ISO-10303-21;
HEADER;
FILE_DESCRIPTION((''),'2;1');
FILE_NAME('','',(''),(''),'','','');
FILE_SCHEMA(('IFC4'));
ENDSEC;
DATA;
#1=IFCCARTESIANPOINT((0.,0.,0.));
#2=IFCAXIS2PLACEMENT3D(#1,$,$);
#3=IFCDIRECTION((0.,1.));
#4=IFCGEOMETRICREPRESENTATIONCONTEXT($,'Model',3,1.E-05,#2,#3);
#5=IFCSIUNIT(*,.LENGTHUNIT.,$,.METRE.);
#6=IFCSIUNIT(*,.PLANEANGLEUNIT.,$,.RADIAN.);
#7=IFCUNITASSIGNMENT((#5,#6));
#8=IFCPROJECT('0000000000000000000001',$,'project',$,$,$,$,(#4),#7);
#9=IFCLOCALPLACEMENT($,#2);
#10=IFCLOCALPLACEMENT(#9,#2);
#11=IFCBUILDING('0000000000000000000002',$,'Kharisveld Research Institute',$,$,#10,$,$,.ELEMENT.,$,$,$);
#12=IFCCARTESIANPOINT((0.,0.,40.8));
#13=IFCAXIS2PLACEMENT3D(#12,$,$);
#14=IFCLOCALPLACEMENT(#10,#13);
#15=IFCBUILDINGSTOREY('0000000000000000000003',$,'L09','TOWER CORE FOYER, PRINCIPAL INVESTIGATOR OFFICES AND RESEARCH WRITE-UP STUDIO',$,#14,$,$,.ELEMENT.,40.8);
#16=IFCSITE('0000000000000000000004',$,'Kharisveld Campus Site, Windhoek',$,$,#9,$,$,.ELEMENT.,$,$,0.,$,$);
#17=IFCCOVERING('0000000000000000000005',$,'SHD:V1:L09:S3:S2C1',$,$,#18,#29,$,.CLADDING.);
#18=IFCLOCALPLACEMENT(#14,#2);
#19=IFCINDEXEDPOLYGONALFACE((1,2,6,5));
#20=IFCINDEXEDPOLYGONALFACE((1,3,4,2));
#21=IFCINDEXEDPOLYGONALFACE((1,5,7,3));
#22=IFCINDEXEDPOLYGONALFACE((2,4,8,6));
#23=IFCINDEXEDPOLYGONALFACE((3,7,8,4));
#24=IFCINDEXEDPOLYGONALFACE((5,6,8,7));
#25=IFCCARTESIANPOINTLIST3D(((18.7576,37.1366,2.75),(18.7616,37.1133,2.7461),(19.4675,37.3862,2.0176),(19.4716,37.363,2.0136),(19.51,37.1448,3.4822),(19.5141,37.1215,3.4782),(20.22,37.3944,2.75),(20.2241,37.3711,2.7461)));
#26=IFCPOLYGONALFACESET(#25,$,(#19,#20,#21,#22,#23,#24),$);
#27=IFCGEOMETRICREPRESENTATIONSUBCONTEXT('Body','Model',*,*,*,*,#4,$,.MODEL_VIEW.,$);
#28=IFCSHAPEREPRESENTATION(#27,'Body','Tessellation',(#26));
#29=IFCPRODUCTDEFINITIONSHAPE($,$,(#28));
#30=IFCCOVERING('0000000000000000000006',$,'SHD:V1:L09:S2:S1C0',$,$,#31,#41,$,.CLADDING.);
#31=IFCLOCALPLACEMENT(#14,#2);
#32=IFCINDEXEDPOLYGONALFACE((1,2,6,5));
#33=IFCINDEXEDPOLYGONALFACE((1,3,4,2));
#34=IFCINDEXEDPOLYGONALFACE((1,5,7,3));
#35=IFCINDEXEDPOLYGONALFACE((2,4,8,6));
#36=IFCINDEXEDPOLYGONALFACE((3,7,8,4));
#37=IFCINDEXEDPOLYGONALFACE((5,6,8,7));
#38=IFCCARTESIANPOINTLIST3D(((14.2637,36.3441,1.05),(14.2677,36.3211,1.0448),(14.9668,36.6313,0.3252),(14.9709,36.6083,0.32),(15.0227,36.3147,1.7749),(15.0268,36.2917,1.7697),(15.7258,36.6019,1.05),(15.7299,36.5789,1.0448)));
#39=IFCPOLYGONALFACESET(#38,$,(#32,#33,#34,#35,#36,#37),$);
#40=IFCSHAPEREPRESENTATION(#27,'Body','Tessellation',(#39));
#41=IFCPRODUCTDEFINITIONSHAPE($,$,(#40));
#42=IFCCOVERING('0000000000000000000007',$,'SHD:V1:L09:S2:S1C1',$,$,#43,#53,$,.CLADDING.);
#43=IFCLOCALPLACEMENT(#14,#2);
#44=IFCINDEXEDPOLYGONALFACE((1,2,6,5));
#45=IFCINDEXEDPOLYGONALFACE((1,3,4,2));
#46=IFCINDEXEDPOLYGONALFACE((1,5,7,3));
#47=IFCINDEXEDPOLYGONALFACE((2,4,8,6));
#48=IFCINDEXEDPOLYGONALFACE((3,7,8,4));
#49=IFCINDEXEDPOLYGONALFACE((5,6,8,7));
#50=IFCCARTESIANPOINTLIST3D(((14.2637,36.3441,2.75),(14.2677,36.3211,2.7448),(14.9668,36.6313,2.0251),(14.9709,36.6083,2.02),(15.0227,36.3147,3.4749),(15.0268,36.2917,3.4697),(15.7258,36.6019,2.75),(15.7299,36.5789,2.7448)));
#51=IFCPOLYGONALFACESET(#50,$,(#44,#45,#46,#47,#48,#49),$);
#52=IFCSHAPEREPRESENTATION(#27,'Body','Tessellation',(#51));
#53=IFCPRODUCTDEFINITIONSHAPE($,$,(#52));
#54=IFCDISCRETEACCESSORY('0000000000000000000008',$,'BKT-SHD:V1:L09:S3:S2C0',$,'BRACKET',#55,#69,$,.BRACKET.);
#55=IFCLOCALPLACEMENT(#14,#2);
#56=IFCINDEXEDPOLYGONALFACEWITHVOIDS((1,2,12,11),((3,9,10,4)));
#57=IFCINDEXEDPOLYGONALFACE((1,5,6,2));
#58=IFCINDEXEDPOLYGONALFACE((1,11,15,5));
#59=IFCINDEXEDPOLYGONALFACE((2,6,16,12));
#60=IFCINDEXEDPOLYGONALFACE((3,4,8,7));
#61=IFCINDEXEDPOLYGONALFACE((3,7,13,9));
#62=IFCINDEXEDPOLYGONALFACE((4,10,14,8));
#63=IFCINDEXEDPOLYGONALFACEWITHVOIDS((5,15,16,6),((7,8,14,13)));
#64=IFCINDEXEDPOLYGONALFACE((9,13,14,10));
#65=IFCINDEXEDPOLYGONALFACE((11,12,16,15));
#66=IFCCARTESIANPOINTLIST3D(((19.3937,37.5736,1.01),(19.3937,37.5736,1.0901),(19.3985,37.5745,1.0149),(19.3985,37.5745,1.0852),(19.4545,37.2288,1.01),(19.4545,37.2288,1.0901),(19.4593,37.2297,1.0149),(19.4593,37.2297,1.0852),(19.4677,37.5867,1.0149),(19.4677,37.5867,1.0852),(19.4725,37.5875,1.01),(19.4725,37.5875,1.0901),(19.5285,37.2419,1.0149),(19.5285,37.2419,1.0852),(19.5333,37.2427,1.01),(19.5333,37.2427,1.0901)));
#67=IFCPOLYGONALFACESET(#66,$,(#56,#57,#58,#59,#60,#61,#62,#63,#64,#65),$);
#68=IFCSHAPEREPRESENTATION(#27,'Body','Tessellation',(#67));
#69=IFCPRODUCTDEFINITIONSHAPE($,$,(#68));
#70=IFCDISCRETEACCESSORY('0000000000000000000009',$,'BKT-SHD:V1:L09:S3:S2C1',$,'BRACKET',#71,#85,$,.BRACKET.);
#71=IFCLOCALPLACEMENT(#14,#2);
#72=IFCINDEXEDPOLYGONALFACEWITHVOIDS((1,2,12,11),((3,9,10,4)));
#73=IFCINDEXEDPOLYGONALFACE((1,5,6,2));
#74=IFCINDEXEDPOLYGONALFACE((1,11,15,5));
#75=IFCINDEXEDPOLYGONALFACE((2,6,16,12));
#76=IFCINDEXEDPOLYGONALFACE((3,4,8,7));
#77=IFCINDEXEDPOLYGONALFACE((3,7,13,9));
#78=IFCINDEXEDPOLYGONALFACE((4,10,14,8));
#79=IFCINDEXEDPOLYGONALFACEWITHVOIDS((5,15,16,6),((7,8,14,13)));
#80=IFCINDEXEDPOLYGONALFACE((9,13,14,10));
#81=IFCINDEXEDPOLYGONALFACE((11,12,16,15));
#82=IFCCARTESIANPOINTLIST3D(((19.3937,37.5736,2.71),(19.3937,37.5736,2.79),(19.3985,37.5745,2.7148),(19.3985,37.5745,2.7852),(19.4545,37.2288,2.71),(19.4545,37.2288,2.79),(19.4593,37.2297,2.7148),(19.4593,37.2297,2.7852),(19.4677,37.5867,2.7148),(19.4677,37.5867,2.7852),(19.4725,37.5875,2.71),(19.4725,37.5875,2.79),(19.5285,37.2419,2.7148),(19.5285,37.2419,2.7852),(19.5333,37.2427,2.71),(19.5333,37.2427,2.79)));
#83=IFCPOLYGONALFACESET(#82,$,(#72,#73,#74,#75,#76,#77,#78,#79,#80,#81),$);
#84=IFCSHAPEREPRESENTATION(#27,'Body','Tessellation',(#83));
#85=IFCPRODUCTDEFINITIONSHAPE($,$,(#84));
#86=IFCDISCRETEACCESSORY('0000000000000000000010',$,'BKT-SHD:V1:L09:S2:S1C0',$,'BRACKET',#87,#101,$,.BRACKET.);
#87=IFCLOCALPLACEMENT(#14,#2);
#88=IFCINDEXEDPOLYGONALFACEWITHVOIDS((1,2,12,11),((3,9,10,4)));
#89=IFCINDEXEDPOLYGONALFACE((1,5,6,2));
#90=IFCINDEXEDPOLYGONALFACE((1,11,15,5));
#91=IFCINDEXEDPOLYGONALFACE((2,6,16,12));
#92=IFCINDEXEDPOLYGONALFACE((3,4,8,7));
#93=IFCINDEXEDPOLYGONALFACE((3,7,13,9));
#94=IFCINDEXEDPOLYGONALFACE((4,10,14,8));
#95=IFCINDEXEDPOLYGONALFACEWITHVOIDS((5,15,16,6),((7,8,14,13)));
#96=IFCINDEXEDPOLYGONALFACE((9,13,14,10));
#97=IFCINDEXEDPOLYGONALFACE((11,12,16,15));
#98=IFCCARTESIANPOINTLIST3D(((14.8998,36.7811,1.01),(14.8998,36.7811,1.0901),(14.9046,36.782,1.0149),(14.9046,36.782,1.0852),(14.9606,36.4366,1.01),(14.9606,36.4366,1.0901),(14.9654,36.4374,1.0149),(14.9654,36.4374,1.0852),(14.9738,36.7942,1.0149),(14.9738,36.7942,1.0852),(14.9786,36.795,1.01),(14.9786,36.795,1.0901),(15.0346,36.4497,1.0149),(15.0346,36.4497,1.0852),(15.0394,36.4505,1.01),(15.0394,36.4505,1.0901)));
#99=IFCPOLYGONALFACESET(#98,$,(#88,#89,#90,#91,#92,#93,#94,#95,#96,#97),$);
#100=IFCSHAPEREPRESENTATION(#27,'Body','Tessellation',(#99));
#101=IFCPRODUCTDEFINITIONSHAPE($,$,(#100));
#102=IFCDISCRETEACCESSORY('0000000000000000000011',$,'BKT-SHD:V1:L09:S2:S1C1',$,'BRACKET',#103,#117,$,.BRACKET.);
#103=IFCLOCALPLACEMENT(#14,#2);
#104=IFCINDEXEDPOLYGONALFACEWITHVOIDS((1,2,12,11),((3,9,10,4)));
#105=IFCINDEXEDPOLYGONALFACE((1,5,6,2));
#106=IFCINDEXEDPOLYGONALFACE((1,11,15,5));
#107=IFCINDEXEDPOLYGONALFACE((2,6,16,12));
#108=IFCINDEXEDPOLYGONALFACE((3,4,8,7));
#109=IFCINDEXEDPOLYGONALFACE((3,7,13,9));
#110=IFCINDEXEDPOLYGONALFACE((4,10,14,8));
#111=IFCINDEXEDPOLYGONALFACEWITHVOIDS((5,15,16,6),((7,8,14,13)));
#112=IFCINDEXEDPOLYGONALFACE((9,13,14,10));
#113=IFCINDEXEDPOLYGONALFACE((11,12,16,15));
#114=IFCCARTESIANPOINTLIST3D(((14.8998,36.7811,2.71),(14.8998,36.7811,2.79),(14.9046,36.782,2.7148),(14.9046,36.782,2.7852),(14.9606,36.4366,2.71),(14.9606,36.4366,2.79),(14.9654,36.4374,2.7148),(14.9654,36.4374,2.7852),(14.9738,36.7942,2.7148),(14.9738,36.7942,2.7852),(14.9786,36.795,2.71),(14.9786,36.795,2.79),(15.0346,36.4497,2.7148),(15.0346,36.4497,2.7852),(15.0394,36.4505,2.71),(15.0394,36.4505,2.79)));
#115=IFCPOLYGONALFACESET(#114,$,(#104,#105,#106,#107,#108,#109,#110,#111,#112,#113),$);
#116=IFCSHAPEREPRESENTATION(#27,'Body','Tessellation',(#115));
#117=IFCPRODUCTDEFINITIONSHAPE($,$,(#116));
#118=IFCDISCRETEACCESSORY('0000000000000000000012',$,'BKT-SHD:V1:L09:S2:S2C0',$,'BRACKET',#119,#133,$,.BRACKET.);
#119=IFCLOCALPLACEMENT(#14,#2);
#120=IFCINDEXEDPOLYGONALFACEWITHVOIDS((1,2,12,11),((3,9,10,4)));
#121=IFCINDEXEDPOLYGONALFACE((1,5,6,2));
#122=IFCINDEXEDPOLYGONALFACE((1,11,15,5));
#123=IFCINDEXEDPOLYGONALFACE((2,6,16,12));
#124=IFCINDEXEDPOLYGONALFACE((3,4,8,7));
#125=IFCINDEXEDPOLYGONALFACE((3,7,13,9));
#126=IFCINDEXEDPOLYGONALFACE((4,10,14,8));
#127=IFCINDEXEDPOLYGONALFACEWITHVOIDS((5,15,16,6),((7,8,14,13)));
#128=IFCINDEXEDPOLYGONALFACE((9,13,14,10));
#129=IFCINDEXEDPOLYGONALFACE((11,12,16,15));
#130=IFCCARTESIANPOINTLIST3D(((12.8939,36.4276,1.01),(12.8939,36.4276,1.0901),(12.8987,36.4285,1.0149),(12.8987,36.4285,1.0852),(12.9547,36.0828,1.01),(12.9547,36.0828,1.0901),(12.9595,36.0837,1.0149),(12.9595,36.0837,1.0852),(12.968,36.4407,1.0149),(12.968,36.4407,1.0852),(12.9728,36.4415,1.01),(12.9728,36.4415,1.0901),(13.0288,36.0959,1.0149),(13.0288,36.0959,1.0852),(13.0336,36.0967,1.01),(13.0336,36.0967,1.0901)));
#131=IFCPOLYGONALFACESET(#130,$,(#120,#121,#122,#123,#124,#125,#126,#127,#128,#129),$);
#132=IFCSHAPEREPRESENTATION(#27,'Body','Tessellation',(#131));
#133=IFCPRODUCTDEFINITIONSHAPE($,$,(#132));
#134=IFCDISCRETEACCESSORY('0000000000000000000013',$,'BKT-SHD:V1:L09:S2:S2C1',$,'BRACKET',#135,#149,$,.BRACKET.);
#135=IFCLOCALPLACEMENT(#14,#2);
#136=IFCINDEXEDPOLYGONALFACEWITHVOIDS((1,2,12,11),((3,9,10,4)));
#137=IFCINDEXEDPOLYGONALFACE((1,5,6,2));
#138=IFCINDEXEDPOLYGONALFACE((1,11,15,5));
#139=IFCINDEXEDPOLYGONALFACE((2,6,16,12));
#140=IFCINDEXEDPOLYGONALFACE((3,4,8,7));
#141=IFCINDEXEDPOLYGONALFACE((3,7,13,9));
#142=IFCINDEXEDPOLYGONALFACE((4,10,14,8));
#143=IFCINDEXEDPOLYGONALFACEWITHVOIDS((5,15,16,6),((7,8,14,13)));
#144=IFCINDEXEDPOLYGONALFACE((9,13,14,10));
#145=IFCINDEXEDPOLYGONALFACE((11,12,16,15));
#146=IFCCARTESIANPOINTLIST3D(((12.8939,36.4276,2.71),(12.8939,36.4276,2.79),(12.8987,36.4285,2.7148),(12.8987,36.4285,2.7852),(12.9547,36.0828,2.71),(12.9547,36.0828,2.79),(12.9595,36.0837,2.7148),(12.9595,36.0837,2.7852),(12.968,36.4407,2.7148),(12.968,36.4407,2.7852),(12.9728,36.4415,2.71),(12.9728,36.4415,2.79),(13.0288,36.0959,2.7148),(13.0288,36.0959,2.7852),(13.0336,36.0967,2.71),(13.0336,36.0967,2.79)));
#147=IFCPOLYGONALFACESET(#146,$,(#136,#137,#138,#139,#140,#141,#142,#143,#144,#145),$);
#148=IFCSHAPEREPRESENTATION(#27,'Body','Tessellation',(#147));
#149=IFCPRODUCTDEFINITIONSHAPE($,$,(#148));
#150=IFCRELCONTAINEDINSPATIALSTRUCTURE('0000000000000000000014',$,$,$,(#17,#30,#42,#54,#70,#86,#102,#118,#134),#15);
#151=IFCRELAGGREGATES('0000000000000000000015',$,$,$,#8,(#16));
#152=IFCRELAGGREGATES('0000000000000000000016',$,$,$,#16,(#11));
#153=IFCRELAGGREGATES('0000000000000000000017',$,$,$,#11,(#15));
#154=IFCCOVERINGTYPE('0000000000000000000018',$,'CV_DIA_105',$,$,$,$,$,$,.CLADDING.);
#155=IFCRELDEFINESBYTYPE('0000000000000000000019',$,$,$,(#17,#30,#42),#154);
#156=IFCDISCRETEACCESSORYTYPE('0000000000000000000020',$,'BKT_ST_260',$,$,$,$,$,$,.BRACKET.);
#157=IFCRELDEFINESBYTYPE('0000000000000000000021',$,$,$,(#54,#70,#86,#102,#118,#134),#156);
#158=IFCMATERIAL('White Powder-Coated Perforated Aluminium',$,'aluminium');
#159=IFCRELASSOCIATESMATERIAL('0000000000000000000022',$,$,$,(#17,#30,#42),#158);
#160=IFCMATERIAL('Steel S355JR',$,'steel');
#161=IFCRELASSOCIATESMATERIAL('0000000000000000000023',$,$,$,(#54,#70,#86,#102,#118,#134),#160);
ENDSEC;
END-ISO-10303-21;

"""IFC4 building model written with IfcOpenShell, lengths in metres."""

from ifc_helpers import new_model, si_unit, direction, frame, origin, origin_2d, place, context, subcontext, project, spatial, polyline, hollow_rectangle, outline, extrude, material, type_object, element, save


model = new_model("IFC4")

# Units and contexts
model_context = context("Model", 3, precision=1e-05, world=origin(), true_north=direction((0.0, 1.0)))
body_context = subcontext(model_context, "Body", "Model", "MODEL_VIEW")
ifc_project = project(units=[si_unit("LENGTHUNIT", "METRE"), si_unit("PLANEANGLEUNIT", "RADIAN")], contexts=[model_context])

# Site, building, storey
site_placement = place(None, origin())
site = spatial("IfcSite", under=ifc_project, at=site_placement, Name="Kharisveld Campus Site, Windhoek", CompositionType="ELEMENT", RefElevation=0.0)
building_placement = place(site_placement, origin())
building = spatial("IfcBuilding", under=site, at=building_placement, Name="Kharisveld Research Institute", CompositionType="ELEMENT")
storey_placement = place(building_placement, frame((0.0, 0.0, 40.8)))
storey = spatial("IfcBuildingStorey", under=building, at=storey_placement, Name="L09", Description="TOWER CORE FOYER, PRINCIPAL INVESTIGATOR OFFICES AND RESEARCH WRITE-UP STUDIO", CompositionType="ELEMENT", Elevation=40.8)

# Coverings
ifc_material_1 = material(Name="White Powder-Coated Perforated Aluminium", Category="aluminium")
covering_type = type_object("IfcCoveringType", Name="CV_DIA_105", PredefinedType="CLADDING")
for number, where, z_axis, x_axis, name in (
    (1, (19.4675, 37.3862, 2.0176), (-0.171234, 0.971299, 0.165096), (-0.676058, -0.237732, 0.697445), "SHD:V1:L09:S3:S2C1"),
):
    element("IfcCovering", number, at=place(storey_placement, frame(where, z_axis=z_axis, x_axis=x_axis)), inside=storey, type_object=covering_type, material=ifc_material_1, Name=name, PredefinedType="CLADDING", context=body_context, shape_type="SweptSolid", body=[
        extrude(outline(polyline([(0.0, 0.0), (1.0502, 0.0), (1.0502, 1.0499), (0.0002, 1.0501), (0.0, 0.0)])), origin(), (0.0, 0.0, -1.0), 0.0239),
    ])
for number, where, z_axis, x_axis, name in (
    (2, (14.9668, 36.6313, 0.3252), (-0.169525, 0.961443, 0.21654), (-0.669706, -0.273579, 0.690397), "SHD:V1:L09:S2:S1C0"),
    (3, (14.9668, 36.6313, 2.0251), (-0.169525, 0.961443, 0.21654), (-0.669706, -0.273579, 0.690397), "SHD:V1:L09:S2:S1C1"),
):
    element("IfcCovering", number, at=place(storey_placement, frame(where, z_axis=z_axis, x_axis=x_axis)), inside=storey, type_object=covering_type, material=ifc_material_1, Name=name, PredefinedType="CLADDING", context=body_context, shape_type="SweptSolid", body=[
        extrude(outline(polyline([(0.0, 0.0), (1.0499, 0.0), (1.0501, 1.05), (0.0001, 1.05), (0.0, 0.0)])), origin(), (0.0, 0.0, -1.0), 0.0239),
    ])

# Discrete accessories
ifc_material_2 = material(Name="Steel S355JR", Category="steel")
discrete_accessory_type = type_object("IfcDiscreteAccessoryType", Name="BKT_ST_260", PredefinedType="BRACKET")
for number, where, z_axis, x_axis, name in (
    (4, (19.4331, 37.5806, 1.05), (0.173666, -0.984805, 0.0), (0.984805, 0.173666, 0.0), "BKT-SHD:V1:L09:S3:S2C0"),
    (5, (19.4331, 37.5806, 2.75), (0.173666, -0.984805, 0.0), (0.984805, 0.173666, 0.0), "BKT-SHD:V1:L09:S3:S2C1"),
):
    element("IfcDiscreteAccessory", number, at=place(storey_placement, frame(where, z_axis=z_axis, x_axis=x_axis)), inside=storey, type_object=discrete_accessory_type, material=ifc_material_2, Name=name, ObjectType="BRACKET", PredefinedType="BRACKET", context=body_context, shape_type="SweptSolid", body=[
        extrude(hollow_rectangle(XDim=0.0801, YDim=0.0801, WallThickness=0.0049, at=origin_2d()), origin(), (0.0, 0.0, 1.0), 0.3501),
    ])
for number, where, z_axis, x_axis, name in (
    (6, (14.9392, 36.7881, 1.05), (0.173785, -0.984784, 0.0), (0.984784, 0.173785, 0.0), "BKT-SHD:V1:L09:S2:S1C0"),
    (7, (14.9392, 36.7881, 2.75), (0.173785, -0.984784, 0.0), (0.984784, 0.173785, 0.0), "BKT-SHD:V1:L09:S2:S1C1"),
):
    element("IfcDiscreteAccessory", number, at=place(storey_placement, frame(where, z_axis=z_axis, x_axis=x_axis)), inside=storey, type_object=discrete_accessory_type, material=ifc_material_2, Name=name, ObjectType="BRACKET", PredefinedType="BRACKET", context=body_context, shape_type="SweptSolid", body=[
        extrude(hollow_rectangle(XDim=0.0801, YDim=0.0801, WallThickness=0.0049, at=origin_2d()), origin(), (0.0, 0.0, 1.0), 0.3499),
    ])
for number, where, z_axis, x_axis, name in (
    (8, (12.9333, 36.4346, 1.05), (0.173666, -0.984805, 0.0), (0.984805, 0.173666, 0.0), "BKT-SHD:V1:L09:S2:S2C0"),
    (9, (12.9333, 36.4346, 2.75), (0.173666, -0.984805, 0.0), (0.984805, 0.173666, 0.0), "BKT-SHD:V1:L09:S2:S2C1"),
):
    element("IfcDiscreteAccessory", number, at=place(storey_placement, frame(where, z_axis=z_axis, x_axis=x_axis)), inside=storey, type_object=discrete_accessory_type, material=ifc_material_2, Name=name, ObjectType="BRACKET", PredefinedType="BRACKET", context=body_context, shape_type="SweptSolid", body=[
        extrude(hollow_rectangle(XDim=0.0801, YDim=0.0801, WallThickness=0.0049, at=origin_2d()), origin(), (0.0, 0.0, 1.0), 0.3501),
    ])

save(model, "model.ifc")
